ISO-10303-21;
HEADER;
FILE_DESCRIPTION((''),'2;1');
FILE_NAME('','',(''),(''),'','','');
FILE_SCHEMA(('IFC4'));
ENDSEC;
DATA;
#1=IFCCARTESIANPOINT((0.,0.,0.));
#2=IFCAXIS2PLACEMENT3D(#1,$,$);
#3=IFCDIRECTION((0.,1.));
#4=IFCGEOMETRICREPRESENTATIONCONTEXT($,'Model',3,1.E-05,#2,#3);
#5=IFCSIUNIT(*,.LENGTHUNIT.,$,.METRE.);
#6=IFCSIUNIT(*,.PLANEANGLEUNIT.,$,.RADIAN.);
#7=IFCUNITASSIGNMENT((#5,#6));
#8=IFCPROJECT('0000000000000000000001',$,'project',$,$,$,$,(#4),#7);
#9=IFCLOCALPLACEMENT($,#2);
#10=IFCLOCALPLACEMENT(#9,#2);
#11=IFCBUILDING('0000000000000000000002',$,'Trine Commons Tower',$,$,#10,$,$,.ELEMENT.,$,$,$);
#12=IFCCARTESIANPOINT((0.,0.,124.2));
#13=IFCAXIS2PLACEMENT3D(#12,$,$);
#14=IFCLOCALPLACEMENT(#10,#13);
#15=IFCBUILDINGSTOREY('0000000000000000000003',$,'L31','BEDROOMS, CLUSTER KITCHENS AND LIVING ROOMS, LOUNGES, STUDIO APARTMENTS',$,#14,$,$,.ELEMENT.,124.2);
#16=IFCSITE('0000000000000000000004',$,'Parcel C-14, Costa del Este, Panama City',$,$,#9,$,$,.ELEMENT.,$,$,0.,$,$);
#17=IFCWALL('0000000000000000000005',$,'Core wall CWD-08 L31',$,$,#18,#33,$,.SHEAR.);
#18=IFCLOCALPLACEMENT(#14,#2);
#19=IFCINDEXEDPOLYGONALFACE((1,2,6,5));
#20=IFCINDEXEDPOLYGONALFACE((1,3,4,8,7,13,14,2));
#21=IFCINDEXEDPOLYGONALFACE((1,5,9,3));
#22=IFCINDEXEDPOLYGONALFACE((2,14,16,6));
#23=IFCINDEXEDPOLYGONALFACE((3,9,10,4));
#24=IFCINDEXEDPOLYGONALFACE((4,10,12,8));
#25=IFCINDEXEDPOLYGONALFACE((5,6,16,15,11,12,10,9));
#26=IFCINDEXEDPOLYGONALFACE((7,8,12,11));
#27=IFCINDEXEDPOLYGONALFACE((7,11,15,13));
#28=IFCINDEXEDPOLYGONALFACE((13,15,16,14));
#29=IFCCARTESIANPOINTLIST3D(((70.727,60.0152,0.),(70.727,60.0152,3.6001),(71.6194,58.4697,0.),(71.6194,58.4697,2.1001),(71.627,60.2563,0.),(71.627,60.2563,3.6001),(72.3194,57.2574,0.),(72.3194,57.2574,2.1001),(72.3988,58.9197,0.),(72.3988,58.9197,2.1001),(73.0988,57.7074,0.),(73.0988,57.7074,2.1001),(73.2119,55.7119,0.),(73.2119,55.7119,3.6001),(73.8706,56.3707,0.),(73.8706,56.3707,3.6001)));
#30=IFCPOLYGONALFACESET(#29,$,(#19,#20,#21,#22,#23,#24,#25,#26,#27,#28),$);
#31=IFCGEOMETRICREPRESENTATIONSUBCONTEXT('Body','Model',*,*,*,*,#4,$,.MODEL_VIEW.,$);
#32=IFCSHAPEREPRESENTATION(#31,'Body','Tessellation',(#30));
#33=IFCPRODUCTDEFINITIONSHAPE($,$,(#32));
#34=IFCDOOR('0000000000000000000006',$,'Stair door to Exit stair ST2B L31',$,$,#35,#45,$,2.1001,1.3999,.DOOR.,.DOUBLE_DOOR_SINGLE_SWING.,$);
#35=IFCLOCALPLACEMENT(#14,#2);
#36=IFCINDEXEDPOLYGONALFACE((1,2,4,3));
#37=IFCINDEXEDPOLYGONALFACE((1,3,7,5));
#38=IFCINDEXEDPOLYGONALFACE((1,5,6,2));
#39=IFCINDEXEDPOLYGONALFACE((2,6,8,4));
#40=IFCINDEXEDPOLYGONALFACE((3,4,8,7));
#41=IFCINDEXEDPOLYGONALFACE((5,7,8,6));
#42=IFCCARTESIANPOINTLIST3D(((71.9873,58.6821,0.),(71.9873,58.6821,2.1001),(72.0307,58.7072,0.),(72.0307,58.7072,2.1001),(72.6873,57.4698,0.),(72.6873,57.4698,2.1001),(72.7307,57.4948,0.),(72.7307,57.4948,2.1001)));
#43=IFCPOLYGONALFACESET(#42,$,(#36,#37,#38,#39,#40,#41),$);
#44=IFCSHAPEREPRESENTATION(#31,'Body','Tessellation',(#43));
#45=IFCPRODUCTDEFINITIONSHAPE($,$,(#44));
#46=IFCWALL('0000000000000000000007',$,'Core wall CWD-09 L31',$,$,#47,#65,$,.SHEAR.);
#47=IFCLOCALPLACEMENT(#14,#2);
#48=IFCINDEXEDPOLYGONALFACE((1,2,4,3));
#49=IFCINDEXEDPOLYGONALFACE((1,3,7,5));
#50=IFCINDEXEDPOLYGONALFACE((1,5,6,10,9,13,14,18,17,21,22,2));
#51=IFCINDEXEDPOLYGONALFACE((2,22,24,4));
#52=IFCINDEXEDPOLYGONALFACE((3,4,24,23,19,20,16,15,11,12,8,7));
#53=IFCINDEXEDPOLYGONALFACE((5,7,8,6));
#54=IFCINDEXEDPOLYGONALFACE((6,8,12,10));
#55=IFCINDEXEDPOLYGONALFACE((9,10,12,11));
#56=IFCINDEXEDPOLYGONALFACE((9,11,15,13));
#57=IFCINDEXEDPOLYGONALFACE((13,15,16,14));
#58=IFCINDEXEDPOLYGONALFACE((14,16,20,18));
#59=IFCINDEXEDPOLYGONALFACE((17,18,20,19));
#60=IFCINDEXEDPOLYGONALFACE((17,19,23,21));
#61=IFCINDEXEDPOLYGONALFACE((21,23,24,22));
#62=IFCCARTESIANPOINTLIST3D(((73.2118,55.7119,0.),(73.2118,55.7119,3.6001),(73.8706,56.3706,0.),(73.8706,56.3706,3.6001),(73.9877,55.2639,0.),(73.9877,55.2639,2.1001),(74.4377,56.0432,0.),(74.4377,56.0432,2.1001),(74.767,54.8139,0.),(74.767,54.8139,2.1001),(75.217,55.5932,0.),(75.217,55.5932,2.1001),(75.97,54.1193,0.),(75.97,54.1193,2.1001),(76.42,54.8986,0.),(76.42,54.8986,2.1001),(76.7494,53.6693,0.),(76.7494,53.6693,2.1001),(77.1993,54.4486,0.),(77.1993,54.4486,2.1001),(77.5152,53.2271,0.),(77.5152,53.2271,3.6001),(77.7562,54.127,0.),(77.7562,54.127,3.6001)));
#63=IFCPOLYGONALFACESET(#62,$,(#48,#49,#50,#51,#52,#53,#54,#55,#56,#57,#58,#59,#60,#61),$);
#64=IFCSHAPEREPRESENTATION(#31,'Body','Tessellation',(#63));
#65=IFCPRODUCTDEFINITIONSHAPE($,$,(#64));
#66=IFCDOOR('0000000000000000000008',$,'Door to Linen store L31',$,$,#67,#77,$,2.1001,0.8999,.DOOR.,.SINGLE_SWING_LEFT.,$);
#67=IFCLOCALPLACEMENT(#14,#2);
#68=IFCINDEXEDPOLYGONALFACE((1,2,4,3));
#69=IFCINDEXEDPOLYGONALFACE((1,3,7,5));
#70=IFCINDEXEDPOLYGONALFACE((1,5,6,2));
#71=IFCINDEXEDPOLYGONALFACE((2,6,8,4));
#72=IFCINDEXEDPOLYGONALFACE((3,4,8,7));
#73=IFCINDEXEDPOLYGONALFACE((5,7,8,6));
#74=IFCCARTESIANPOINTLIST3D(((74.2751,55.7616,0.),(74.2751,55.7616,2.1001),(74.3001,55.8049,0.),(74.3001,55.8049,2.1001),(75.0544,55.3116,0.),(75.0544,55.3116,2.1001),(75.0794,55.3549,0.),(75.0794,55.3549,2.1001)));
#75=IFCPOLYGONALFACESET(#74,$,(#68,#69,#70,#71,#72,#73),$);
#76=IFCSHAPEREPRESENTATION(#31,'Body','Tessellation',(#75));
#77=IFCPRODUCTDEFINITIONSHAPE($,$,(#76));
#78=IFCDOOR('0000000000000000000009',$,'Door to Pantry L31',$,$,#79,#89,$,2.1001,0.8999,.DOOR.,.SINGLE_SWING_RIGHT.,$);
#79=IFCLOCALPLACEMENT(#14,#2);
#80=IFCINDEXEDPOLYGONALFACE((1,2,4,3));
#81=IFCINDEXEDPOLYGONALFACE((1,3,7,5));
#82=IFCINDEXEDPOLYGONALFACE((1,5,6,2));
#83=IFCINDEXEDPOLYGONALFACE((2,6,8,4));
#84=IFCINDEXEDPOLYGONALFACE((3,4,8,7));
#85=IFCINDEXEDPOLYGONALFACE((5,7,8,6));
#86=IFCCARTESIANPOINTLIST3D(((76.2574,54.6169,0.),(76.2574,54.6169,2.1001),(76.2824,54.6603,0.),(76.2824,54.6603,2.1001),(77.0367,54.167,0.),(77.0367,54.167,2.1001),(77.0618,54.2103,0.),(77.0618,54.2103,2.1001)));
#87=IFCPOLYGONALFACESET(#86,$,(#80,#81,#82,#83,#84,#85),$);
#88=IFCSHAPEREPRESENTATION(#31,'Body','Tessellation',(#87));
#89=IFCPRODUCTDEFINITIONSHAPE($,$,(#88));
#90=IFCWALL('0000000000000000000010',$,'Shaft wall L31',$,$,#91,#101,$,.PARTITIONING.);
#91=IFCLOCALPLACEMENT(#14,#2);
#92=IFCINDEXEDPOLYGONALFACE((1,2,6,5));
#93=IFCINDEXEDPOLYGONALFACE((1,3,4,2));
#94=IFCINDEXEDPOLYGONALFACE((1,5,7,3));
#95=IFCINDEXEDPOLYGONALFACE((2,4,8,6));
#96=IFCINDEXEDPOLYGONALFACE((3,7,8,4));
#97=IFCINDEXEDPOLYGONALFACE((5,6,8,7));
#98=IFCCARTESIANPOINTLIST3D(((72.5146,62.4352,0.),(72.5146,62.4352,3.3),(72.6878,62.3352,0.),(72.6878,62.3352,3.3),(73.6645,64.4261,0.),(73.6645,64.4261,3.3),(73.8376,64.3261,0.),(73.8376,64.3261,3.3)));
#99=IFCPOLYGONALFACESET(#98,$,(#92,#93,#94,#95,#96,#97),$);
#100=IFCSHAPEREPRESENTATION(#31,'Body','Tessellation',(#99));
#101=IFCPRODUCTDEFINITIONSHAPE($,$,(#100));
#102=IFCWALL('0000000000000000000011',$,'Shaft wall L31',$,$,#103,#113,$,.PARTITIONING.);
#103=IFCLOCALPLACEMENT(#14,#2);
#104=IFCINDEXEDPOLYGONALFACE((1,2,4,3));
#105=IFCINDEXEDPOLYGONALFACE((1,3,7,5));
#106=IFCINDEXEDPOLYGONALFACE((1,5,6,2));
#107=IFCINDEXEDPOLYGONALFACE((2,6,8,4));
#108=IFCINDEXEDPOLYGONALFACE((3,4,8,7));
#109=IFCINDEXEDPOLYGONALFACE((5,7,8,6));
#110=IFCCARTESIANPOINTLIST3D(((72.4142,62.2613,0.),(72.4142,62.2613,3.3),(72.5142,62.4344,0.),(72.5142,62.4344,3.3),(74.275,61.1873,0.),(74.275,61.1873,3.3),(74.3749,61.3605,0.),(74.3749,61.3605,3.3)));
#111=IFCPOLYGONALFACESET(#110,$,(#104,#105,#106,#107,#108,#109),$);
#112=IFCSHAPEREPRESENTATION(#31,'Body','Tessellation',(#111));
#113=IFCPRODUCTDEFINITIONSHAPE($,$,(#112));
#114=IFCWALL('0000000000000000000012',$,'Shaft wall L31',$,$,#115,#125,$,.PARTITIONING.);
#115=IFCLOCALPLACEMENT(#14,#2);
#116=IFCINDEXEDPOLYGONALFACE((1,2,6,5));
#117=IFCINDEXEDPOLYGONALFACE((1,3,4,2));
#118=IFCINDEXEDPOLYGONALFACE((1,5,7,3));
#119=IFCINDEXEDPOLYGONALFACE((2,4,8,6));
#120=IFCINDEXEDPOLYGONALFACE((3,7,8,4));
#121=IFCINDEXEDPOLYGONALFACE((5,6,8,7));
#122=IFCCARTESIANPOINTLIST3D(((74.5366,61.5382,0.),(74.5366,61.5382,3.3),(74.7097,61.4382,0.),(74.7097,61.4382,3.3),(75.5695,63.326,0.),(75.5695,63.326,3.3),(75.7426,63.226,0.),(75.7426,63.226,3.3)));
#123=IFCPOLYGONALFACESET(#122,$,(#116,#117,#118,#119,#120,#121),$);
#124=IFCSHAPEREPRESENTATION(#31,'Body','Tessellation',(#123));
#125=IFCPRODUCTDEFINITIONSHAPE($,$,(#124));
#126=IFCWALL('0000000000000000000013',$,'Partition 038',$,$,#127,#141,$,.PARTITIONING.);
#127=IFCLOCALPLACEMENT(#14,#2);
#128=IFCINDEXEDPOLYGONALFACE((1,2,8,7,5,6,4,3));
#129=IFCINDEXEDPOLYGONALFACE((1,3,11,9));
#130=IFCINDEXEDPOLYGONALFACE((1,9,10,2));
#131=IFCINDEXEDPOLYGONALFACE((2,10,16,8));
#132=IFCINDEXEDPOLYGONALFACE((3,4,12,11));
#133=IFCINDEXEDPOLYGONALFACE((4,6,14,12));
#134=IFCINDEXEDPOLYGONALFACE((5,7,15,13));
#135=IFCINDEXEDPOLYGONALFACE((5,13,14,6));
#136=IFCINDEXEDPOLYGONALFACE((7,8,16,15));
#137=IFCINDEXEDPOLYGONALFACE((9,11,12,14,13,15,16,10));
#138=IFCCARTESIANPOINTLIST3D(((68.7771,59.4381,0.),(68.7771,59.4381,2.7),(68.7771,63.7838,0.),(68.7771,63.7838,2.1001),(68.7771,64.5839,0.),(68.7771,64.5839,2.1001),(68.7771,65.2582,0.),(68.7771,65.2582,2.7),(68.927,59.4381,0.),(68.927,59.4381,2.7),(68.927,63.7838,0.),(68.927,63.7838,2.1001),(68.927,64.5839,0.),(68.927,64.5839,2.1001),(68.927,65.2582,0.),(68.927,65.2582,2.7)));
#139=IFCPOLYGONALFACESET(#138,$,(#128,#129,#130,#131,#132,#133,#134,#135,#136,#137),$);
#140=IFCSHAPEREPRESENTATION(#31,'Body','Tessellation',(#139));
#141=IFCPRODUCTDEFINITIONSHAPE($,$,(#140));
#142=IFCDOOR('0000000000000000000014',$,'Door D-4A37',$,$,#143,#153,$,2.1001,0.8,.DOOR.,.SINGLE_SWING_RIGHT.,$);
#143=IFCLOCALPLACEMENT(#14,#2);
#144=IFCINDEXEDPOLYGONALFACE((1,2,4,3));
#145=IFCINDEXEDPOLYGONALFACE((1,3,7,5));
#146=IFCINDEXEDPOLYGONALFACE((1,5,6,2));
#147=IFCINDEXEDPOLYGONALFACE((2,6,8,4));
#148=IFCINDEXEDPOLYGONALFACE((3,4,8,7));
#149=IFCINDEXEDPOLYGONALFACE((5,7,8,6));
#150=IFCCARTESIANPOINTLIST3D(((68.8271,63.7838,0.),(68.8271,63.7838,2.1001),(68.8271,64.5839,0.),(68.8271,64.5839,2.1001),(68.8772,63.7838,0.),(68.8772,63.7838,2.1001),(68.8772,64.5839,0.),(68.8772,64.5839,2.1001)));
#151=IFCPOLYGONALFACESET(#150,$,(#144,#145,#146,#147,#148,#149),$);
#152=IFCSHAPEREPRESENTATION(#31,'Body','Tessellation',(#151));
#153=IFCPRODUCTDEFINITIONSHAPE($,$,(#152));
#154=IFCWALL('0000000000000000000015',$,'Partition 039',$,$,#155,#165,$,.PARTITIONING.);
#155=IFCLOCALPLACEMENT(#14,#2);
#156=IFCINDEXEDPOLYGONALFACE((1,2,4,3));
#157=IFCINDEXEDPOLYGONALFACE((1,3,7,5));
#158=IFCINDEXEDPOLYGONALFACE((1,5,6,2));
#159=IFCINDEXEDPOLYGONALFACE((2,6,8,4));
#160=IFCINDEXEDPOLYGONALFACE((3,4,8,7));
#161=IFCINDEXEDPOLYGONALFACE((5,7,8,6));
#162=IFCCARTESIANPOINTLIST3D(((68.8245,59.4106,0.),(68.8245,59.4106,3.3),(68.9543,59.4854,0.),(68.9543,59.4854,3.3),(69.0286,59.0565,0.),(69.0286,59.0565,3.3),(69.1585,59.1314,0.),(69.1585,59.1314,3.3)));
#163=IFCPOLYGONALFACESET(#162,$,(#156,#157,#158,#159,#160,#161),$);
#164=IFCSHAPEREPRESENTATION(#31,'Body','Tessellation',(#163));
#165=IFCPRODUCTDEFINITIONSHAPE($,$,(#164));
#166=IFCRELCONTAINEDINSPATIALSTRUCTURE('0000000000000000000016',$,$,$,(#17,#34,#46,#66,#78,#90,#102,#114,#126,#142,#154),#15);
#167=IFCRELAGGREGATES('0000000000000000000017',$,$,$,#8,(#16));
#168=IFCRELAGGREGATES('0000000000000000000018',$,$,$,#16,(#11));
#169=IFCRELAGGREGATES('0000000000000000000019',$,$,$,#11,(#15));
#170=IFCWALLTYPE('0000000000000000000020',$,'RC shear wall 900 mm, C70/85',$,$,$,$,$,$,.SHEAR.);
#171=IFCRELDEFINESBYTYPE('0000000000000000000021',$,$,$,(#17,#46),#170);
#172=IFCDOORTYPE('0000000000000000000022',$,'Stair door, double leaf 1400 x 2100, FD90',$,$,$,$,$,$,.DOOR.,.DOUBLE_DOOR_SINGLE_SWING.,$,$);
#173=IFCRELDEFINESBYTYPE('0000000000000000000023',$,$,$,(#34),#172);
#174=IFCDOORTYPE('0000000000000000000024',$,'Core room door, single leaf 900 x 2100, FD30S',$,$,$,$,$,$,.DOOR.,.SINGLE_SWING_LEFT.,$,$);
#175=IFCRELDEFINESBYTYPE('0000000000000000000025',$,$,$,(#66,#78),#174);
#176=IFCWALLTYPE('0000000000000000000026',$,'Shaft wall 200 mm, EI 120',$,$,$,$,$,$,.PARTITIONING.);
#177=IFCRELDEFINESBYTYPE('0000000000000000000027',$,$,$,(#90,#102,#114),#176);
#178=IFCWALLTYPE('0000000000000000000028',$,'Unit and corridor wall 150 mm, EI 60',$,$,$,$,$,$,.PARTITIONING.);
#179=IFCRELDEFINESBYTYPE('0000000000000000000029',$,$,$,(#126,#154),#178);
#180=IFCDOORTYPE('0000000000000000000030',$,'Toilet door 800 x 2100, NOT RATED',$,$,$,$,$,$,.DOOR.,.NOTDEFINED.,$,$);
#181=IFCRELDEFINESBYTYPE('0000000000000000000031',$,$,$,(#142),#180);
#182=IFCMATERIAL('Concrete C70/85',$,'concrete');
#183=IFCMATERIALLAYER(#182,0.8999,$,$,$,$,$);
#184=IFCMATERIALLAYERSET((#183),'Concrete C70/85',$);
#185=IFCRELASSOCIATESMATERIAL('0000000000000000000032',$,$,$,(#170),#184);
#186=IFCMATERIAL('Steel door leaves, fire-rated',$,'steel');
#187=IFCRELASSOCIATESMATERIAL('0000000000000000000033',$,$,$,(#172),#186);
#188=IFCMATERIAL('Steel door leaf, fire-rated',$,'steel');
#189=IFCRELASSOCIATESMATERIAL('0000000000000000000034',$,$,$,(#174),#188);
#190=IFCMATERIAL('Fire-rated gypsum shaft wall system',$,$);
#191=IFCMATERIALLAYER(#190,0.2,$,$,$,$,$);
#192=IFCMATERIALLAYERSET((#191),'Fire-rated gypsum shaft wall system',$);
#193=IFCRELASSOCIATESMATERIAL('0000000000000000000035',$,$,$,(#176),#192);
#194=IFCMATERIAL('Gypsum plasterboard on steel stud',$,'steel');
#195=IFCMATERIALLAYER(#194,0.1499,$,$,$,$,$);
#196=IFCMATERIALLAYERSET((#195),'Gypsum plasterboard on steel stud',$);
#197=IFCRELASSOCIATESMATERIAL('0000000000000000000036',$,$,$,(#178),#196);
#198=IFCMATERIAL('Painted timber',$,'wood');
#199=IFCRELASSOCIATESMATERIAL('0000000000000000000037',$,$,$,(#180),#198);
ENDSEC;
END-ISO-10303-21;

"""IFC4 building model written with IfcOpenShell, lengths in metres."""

from ifc_helpers import new_model, si_unit, direction, frame, frame_2d, origin, place, context, subcontext, project, spatial, polyline, rectangle, outline, extrude, material, layer, layer_set, type_object, element, fill, save


model = new_model("IFC4")

# Units and contexts
model_context = context("Model", 3, precision=1e-05, world=origin(), true_north=direction((0.0, 1.0)))
body_context = subcontext(model_context, "Body", "Model", "MODEL_VIEW")
ifc_project = project(units=[si_unit("LENGTHUNIT", "METRE"), si_unit("PLANEANGLEUNIT", "RADIAN")], contexts=[model_context])

# Site, building, storey
site_placement = place(None, origin())
site = spatial("IfcSite", under=ifc_project, at=site_placement, Name="Parcel C-14, Costa del Este, Panama City", CompositionType="ELEMENT", RefElevation=0.0)
building_placement = place(site_placement, origin())
building = spatial("IfcBuilding", under=site, at=building_placement, Name="Trine Commons Tower", CompositionType="ELEMENT")
storey_placement = place(building_placement, frame((0.0, 0.0, 124.2)))
storey = spatial("IfcBuildingStorey", under=building, at=storey_placement, Name="L31", Description="BEDROOMS, CLUSTER KITCHENS AND LIVING ROOMS, LOUNGES, STUDIO APARTMENTS", CompositionType="ELEMENT", Elevation=124.2)

# Wall, opening, door
ifc_material_1 = material(Name="Concrete C70/85", Category="concrete")
ifc_layer_1 = layer(ifc_material_1, 0.8999)
ifc_layer_set_1 = layer_set([ifc_layer_1], Name="Concrete C70/85")
wall_type_1 = type_object("IfcWallType", Name="RC shear wall 900 mm, C70/85", PredefinedType="SHEAR", material=ifc_layer_set_1)
wall_1_placement = place(storey_placement, frame((71.1167, 60.2402, 0.0), z_axis=(0.0, 0.0, 1.0), x_axis=(0.500039, -0.866003, 0.0)))
wall_1 = element("IfcWall", 1, at=wall_1_placement, inside=storey, type_object=wall_type_1, Name="Core wall CWD-08 L31", PredefinedType="SHEAR", context=body_context, shape_type="SweptSolid", body=[
    extrude(outline(polyline([(0.0, -0.45), (4.9692, -0.45), (4.728, 0.45), (0.2412, 0.45), (0.0, -0.45)])), origin(), (0.0, 0.0, 1.0), 3.6001),
])
opening_1_placement = place(wall_1_placement, frame((1.7847, 0.0, 0.0)))
opening_1 = element("IfcOpeningElement", 2, at=opening_1_placement, cuts=wall_1, PredefinedType="OPENING", context=body_context, shape_type="SweptSolid", body=[
    extrude(rectangle(XDim=1.3999, YDim=2.1001, at=frame_2d((0.7, 1.05))), frame((0.0, 0.46, 0.0), z_axis=(0.0, -1.0, 0.0), x_axis=(1.0, 0.0, 0.0)), (0.0, 0.0, 1.0), 0.9199),
])
ifc_material_2 = material(Name="Steel door leaves, fire-rated", Category="steel")
door_type_1 = type_object("IfcDoorType", Name="Stair door, double leaf 1400 x 2100, FD90", OperationType="DOUBLE_DOOR_SINGLE_SWING", PredefinedType="DOOR", material=ifc_material_2)
door_1_placement = place(opening_1_placement, origin())
door_1 = element("IfcDoor", 3, at=door_1_placement, inside=storey, type_object=door_type_1, Name="Stair door to Exit stair ST2B L31", OperationType="DOUBLE_DOOR_SINGLE_SWING", OverallHeight=2.1001, OverallWidth=1.3999, PredefinedType="DOOR", context=body_context, shape_type="SweptSolid", body=[
    extrude(rectangle(XDim=1.3999, YDim=2.1001, at=frame_2d((0.7, 1.05))), frame((0.0, 0.0249, 0.0), z_axis=(0.0, -1.0, 0.0), x_axis=(1.0, 0.0, 0.0)), (0.0, 0.0, 1.0), 0.05),
])
fill(opening_1, door_1)

# Wall, openings, doors
wall_2_placement = place(storey_placement, frame((73.4368, 56.1016, 0.0), z_axis=(0.0, 0.0, 1.0), x_axis=(0.866003, -0.500039, 0.0)))
wall_2 = element("IfcWall", 4, at=wall_2_placement, inside=storey, type_object=wall_type_1, Name="Core wall CWD-09 L31", PredefinedType="SHEAR", context=body_context, shape_type="SweptSolid", body=[
    extrude(outline(polyline([(0.0, -0.45), (4.9692, -0.45), (4.728, 0.45), (0.2412, 0.45), (0.0, -0.45)])), origin(), (0.0, 0.0, 1.0), 3.6001),
])
opening_2_placement = place(wall_2_placement, frame((0.896, 0.0, 0.0)))
opening_2 = element("IfcOpeningElement", 5, at=opening_2_placement, cuts=wall_2, PredefinedType="OPENING", context=body_context, shape_type="SweptSolid", body=[
    extrude(rectangle(XDim=0.8999, YDim=2.1001, at=frame_2d((0.45, 1.05))), frame((0.0, 0.46, 0.0), z_axis=(0.0, -1.0, 0.0), x_axis=(1.0, 0.0, 0.0)), (0.0, 0.0, 1.0), 0.9199),
])
opening_3_placement = place(wall_2_placement, frame((3.1851, 0.0, 0.0)))
opening_3 = element("IfcOpeningElement", 6, at=opening_3_placement, cuts=wall_2, PredefinedType="OPENING", context=body_context, shape_type="SweptSolid", body=[
    extrude(rectangle(XDim=0.8999, YDim=2.1001, at=frame_2d((0.45, 1.05))), frame((0.0, 0.46, 0.0), z_axis=(0.0, -1.0, 0.0), x_axis=(1.0, 0.0, 0.0)), (0.0, 0.0, 1.0), 0.9199),
])
ifc_material_3 = material(Name="Steel door leaf, fire-rated", Category="steel")
door_type_2 = type_object("IfcDoorType", Name="Core room door, single leaf 900 x 2100, FD30S", OperationType="SINGLE_SWING_LEFT", PredefinedType="DOOR", material=ifc_material_3)
door_2_placement = place(opening_2_placement, origin())
door_2 = element("IfcDoor", 7, at=door_2_placement, inside=storey, type_object=door_type_2, Name="Door to Linen store L31", OperationType="SINGLE_SWING_LEFT", OverallHeight=2.1001, OverallWidth=0.8999, PredefinedType="DOOR", context=body_context, shape_type="SweptSolid", body=[
    extrude(rectangle(XDim=0.8999, YDim=2.1001, at=frame_2d((0.45, 1.05))), frame((0.0, 0.1748, 0.0), z_axis=(0.0, -1.0, 0.0), x_axis=(1.0, 0.0, 0.0)), (0.0, 0.0, 1.0), 0.05),
])
fill(opening_2, door_2)
door_3_placement = place(opening_3_placement, origin())
door_3 = element("IfcDoor", 8, at=door_3_placement, inside=storey, type_object=door_type_2, Name="Door to Pantry L31", OperationType="SINGLE_SWING_RIGHT", OverallHeight=2.1001, OverallWidth=0.8999, PredefinedType="DOOR", context=body_context, shape_type="SweptSolid", body=[
    extrude(rectangle(XDim=0.8999, YDim=2.1001, at=frame_2d((0.45, 1.05))), frame((0.0, 0.1748, 0.0), z_axis=(0.0, -1.0, 0.0), x_axis=(1.0, 0.0, 0.0)), (0.0, 0.0, 1.0), 0.05),
])
fill(opening_3, door_3)

# Walls
ifc_material_4 = material(Name="Fire-rated gypsum shaft wall system")
ifc_layer_2 = layer(ifc_material_4, 0.2)
ifc_layer_set_2 = layer_set([ifc_layer_2], Name="Fire-rated gypsum shaft wall system")
wall_type_2 = type_object("IfcWallType", Name="Shaft wall 200 mm, EI 120", PredefinedType="PARTITIONING", material=ifc_layer_set_2)
wall_3_placement = place(storey_placement, frame((73.751, 64.376, 0.0), z_axis=(0.0, 0.0, 1.0), x_axis=(-0.500136, -0.865947, 0.0)))
element("IfcWall", 9, at=wall_3_placement, inside=storey, type_object=wall_type_2, Name="Shaft wall L31", PredefinedType="PARTITIONING", context=body_context, shape_type="SweptSolid", body=[
    extrude(rectangle(XDim=2.2991, YDim=0.2, at=frame_2d((1.1494, 0.0))), origin(), (0.0, 0.0, 1.0), 3.3),
])
wall_4_placement = place(storey_placement, frame((74.325, 61.2739, 0.0), z_axis=(0.0, 0.0, 1.0), x_axis=(-0.866102, 0.499867, 0.0)))
element("IfcWall", 10, at=wall_4_placement, inside=storey, type_object=wall_type_2, Name="Shaft wall L31", PredefinedType="PARTITIONING", context=body_context, shape_type="SweptSolid", body=[
    extrude(rectangle(XDim=2.1484, YDim=0.2, at=frame_2d((1.0742, 0.0))), origin(), (0.0, 0.0, 1.0), 3.3),
])
wall_5_placement = place(storey_placement, frame((75.656, 63.2759, 0.0), z_axis=(0.0, 0.0, 1.0), x_axis=(-0.500272, -0.865868, 0.0)))
element("IfcWall", 11, at=wall_5_placement, inside=storey, type_object=wall_type_2, Name="Shaft wall L31", PredefinedType="PARTITIONING", context=body_context, shape_type="SweptSolid", body=[
    extrude(rectangle(XDim=2.0647, YDim=0.2, at=frame_2d((1.0322, 0.0))), origin(), (0.0, 0.0, 1.0), 3.3),
])

# Wall, opening, door
ifc_material_5 = material(Name="Gypsum plasterboard on steel stud", Category="steel")
ifc_layer_3 = layer(ifc_material_5, 0.1499)
ifc_layer_set_3 = layer_set([ifc_layer_3], Name="Gypsum plasterboard on steel stud")
wall_type_3 = type_object("IfcWallType", Name="Unit and corridor wall 150 mm, EI 60", PredefinedType="PARTITIONING", material=ifc_layer_set_3)
wall_6_placement = place(storey_placement, frame((68.8521, 59.438, 0.0), z_axis=(0.0, 0.0, 1.0), x_axis=(0.0, 1.0, 0.0)))
wall_6 = element("IfcWall", 12, at=wall_6_placement, inside=storey, type_object=wall_type_3, Name="Partition 038", PredefinedType="PARTITIONING", context=body_context, shape_type="SweptSolid", body=[
    extrude(rectangle(XDim=5.8201, YDim=0.1499, at=frame_2d((2.9102, 0.0))), origin(), (0.0, 0.0, 1.0), 2.7),
])
opening_4_placement = place(wall_6_placement, frame((4.3459, 0.0, 0.0)))
opening_4 = element("IfcOpeningElement", 13, at=opening_4_placement, cuts=wall_6, PredefinedType="OPENING", context=body_context, shape_type="SweptSolid", body=[
    extrude(rectangle(XDim=0.8, YDim=2.1001, at=frame_2d((0.3999, 1.05))), frame((0.0, 0.085, 0.0), z_axis=(0.0, -1.0, 0.0), x_axis=(1.0, 0.0, 0.0)), (0.0, 0.0, 1.0), 0.1699),
])
ifc_material_6 = material(Name="Painted timber", Category="wood")
door_type_3 = type_object("IfcDoorType", Name="Toilet door 800 x 2100, NOT RATED", OperationType="NOTDEFINED", PredefinedType="DOOR", material=ifc_material_6)
door_4_placement = place(opening_4_placement, origin())
door_4 = element("IfcDoor", 14, at=door_4_placement, inside=storey, type_object=door_type_3, Name="Door D-4A37", OperationType="SINGLE_SWING_RIGHT", OverallHeight=2.1001, OverallWidth=0.8, PredefinedType="DOOR", context=body_context, shape_type="SweptSolid", body=[
    extrude(rectangle(XDim=0.8, YDim=2.1001, at=frame_2d((0.3999, 1.05))), frame((0.0, 0.0249, 0.0), z_axis=(0.0, -1.0, 0.0), x_axis=(1.0, 0.0, 0.0)), (0.0, 0.0, 1.0), 0.05),
])
fill(opening_4, door_4)

# Wall
wall_7_placement = place(storey_placement, frame((68.8894, 59.448, 0.0), z_axis=(0.0, 0.0, 1.0), x_axis=(0.499481, -0.866325, 0.0)))
element("IfcWall", 15, at=wall_7_placement, inside=storey, type_object=wall_type_3, Name="Partition 039", PredefinedType="PARTITIONING", context=body_context, shape_type="SweptSolid", body=[
    extrude(rectangle(XDim=0.4087, YDim=0.1499, at=frame_2d((0.2043, 0.0))), origin(), (0.0, 0.0, 1.0), 3.3),
])

save(model, "model.ifc")
